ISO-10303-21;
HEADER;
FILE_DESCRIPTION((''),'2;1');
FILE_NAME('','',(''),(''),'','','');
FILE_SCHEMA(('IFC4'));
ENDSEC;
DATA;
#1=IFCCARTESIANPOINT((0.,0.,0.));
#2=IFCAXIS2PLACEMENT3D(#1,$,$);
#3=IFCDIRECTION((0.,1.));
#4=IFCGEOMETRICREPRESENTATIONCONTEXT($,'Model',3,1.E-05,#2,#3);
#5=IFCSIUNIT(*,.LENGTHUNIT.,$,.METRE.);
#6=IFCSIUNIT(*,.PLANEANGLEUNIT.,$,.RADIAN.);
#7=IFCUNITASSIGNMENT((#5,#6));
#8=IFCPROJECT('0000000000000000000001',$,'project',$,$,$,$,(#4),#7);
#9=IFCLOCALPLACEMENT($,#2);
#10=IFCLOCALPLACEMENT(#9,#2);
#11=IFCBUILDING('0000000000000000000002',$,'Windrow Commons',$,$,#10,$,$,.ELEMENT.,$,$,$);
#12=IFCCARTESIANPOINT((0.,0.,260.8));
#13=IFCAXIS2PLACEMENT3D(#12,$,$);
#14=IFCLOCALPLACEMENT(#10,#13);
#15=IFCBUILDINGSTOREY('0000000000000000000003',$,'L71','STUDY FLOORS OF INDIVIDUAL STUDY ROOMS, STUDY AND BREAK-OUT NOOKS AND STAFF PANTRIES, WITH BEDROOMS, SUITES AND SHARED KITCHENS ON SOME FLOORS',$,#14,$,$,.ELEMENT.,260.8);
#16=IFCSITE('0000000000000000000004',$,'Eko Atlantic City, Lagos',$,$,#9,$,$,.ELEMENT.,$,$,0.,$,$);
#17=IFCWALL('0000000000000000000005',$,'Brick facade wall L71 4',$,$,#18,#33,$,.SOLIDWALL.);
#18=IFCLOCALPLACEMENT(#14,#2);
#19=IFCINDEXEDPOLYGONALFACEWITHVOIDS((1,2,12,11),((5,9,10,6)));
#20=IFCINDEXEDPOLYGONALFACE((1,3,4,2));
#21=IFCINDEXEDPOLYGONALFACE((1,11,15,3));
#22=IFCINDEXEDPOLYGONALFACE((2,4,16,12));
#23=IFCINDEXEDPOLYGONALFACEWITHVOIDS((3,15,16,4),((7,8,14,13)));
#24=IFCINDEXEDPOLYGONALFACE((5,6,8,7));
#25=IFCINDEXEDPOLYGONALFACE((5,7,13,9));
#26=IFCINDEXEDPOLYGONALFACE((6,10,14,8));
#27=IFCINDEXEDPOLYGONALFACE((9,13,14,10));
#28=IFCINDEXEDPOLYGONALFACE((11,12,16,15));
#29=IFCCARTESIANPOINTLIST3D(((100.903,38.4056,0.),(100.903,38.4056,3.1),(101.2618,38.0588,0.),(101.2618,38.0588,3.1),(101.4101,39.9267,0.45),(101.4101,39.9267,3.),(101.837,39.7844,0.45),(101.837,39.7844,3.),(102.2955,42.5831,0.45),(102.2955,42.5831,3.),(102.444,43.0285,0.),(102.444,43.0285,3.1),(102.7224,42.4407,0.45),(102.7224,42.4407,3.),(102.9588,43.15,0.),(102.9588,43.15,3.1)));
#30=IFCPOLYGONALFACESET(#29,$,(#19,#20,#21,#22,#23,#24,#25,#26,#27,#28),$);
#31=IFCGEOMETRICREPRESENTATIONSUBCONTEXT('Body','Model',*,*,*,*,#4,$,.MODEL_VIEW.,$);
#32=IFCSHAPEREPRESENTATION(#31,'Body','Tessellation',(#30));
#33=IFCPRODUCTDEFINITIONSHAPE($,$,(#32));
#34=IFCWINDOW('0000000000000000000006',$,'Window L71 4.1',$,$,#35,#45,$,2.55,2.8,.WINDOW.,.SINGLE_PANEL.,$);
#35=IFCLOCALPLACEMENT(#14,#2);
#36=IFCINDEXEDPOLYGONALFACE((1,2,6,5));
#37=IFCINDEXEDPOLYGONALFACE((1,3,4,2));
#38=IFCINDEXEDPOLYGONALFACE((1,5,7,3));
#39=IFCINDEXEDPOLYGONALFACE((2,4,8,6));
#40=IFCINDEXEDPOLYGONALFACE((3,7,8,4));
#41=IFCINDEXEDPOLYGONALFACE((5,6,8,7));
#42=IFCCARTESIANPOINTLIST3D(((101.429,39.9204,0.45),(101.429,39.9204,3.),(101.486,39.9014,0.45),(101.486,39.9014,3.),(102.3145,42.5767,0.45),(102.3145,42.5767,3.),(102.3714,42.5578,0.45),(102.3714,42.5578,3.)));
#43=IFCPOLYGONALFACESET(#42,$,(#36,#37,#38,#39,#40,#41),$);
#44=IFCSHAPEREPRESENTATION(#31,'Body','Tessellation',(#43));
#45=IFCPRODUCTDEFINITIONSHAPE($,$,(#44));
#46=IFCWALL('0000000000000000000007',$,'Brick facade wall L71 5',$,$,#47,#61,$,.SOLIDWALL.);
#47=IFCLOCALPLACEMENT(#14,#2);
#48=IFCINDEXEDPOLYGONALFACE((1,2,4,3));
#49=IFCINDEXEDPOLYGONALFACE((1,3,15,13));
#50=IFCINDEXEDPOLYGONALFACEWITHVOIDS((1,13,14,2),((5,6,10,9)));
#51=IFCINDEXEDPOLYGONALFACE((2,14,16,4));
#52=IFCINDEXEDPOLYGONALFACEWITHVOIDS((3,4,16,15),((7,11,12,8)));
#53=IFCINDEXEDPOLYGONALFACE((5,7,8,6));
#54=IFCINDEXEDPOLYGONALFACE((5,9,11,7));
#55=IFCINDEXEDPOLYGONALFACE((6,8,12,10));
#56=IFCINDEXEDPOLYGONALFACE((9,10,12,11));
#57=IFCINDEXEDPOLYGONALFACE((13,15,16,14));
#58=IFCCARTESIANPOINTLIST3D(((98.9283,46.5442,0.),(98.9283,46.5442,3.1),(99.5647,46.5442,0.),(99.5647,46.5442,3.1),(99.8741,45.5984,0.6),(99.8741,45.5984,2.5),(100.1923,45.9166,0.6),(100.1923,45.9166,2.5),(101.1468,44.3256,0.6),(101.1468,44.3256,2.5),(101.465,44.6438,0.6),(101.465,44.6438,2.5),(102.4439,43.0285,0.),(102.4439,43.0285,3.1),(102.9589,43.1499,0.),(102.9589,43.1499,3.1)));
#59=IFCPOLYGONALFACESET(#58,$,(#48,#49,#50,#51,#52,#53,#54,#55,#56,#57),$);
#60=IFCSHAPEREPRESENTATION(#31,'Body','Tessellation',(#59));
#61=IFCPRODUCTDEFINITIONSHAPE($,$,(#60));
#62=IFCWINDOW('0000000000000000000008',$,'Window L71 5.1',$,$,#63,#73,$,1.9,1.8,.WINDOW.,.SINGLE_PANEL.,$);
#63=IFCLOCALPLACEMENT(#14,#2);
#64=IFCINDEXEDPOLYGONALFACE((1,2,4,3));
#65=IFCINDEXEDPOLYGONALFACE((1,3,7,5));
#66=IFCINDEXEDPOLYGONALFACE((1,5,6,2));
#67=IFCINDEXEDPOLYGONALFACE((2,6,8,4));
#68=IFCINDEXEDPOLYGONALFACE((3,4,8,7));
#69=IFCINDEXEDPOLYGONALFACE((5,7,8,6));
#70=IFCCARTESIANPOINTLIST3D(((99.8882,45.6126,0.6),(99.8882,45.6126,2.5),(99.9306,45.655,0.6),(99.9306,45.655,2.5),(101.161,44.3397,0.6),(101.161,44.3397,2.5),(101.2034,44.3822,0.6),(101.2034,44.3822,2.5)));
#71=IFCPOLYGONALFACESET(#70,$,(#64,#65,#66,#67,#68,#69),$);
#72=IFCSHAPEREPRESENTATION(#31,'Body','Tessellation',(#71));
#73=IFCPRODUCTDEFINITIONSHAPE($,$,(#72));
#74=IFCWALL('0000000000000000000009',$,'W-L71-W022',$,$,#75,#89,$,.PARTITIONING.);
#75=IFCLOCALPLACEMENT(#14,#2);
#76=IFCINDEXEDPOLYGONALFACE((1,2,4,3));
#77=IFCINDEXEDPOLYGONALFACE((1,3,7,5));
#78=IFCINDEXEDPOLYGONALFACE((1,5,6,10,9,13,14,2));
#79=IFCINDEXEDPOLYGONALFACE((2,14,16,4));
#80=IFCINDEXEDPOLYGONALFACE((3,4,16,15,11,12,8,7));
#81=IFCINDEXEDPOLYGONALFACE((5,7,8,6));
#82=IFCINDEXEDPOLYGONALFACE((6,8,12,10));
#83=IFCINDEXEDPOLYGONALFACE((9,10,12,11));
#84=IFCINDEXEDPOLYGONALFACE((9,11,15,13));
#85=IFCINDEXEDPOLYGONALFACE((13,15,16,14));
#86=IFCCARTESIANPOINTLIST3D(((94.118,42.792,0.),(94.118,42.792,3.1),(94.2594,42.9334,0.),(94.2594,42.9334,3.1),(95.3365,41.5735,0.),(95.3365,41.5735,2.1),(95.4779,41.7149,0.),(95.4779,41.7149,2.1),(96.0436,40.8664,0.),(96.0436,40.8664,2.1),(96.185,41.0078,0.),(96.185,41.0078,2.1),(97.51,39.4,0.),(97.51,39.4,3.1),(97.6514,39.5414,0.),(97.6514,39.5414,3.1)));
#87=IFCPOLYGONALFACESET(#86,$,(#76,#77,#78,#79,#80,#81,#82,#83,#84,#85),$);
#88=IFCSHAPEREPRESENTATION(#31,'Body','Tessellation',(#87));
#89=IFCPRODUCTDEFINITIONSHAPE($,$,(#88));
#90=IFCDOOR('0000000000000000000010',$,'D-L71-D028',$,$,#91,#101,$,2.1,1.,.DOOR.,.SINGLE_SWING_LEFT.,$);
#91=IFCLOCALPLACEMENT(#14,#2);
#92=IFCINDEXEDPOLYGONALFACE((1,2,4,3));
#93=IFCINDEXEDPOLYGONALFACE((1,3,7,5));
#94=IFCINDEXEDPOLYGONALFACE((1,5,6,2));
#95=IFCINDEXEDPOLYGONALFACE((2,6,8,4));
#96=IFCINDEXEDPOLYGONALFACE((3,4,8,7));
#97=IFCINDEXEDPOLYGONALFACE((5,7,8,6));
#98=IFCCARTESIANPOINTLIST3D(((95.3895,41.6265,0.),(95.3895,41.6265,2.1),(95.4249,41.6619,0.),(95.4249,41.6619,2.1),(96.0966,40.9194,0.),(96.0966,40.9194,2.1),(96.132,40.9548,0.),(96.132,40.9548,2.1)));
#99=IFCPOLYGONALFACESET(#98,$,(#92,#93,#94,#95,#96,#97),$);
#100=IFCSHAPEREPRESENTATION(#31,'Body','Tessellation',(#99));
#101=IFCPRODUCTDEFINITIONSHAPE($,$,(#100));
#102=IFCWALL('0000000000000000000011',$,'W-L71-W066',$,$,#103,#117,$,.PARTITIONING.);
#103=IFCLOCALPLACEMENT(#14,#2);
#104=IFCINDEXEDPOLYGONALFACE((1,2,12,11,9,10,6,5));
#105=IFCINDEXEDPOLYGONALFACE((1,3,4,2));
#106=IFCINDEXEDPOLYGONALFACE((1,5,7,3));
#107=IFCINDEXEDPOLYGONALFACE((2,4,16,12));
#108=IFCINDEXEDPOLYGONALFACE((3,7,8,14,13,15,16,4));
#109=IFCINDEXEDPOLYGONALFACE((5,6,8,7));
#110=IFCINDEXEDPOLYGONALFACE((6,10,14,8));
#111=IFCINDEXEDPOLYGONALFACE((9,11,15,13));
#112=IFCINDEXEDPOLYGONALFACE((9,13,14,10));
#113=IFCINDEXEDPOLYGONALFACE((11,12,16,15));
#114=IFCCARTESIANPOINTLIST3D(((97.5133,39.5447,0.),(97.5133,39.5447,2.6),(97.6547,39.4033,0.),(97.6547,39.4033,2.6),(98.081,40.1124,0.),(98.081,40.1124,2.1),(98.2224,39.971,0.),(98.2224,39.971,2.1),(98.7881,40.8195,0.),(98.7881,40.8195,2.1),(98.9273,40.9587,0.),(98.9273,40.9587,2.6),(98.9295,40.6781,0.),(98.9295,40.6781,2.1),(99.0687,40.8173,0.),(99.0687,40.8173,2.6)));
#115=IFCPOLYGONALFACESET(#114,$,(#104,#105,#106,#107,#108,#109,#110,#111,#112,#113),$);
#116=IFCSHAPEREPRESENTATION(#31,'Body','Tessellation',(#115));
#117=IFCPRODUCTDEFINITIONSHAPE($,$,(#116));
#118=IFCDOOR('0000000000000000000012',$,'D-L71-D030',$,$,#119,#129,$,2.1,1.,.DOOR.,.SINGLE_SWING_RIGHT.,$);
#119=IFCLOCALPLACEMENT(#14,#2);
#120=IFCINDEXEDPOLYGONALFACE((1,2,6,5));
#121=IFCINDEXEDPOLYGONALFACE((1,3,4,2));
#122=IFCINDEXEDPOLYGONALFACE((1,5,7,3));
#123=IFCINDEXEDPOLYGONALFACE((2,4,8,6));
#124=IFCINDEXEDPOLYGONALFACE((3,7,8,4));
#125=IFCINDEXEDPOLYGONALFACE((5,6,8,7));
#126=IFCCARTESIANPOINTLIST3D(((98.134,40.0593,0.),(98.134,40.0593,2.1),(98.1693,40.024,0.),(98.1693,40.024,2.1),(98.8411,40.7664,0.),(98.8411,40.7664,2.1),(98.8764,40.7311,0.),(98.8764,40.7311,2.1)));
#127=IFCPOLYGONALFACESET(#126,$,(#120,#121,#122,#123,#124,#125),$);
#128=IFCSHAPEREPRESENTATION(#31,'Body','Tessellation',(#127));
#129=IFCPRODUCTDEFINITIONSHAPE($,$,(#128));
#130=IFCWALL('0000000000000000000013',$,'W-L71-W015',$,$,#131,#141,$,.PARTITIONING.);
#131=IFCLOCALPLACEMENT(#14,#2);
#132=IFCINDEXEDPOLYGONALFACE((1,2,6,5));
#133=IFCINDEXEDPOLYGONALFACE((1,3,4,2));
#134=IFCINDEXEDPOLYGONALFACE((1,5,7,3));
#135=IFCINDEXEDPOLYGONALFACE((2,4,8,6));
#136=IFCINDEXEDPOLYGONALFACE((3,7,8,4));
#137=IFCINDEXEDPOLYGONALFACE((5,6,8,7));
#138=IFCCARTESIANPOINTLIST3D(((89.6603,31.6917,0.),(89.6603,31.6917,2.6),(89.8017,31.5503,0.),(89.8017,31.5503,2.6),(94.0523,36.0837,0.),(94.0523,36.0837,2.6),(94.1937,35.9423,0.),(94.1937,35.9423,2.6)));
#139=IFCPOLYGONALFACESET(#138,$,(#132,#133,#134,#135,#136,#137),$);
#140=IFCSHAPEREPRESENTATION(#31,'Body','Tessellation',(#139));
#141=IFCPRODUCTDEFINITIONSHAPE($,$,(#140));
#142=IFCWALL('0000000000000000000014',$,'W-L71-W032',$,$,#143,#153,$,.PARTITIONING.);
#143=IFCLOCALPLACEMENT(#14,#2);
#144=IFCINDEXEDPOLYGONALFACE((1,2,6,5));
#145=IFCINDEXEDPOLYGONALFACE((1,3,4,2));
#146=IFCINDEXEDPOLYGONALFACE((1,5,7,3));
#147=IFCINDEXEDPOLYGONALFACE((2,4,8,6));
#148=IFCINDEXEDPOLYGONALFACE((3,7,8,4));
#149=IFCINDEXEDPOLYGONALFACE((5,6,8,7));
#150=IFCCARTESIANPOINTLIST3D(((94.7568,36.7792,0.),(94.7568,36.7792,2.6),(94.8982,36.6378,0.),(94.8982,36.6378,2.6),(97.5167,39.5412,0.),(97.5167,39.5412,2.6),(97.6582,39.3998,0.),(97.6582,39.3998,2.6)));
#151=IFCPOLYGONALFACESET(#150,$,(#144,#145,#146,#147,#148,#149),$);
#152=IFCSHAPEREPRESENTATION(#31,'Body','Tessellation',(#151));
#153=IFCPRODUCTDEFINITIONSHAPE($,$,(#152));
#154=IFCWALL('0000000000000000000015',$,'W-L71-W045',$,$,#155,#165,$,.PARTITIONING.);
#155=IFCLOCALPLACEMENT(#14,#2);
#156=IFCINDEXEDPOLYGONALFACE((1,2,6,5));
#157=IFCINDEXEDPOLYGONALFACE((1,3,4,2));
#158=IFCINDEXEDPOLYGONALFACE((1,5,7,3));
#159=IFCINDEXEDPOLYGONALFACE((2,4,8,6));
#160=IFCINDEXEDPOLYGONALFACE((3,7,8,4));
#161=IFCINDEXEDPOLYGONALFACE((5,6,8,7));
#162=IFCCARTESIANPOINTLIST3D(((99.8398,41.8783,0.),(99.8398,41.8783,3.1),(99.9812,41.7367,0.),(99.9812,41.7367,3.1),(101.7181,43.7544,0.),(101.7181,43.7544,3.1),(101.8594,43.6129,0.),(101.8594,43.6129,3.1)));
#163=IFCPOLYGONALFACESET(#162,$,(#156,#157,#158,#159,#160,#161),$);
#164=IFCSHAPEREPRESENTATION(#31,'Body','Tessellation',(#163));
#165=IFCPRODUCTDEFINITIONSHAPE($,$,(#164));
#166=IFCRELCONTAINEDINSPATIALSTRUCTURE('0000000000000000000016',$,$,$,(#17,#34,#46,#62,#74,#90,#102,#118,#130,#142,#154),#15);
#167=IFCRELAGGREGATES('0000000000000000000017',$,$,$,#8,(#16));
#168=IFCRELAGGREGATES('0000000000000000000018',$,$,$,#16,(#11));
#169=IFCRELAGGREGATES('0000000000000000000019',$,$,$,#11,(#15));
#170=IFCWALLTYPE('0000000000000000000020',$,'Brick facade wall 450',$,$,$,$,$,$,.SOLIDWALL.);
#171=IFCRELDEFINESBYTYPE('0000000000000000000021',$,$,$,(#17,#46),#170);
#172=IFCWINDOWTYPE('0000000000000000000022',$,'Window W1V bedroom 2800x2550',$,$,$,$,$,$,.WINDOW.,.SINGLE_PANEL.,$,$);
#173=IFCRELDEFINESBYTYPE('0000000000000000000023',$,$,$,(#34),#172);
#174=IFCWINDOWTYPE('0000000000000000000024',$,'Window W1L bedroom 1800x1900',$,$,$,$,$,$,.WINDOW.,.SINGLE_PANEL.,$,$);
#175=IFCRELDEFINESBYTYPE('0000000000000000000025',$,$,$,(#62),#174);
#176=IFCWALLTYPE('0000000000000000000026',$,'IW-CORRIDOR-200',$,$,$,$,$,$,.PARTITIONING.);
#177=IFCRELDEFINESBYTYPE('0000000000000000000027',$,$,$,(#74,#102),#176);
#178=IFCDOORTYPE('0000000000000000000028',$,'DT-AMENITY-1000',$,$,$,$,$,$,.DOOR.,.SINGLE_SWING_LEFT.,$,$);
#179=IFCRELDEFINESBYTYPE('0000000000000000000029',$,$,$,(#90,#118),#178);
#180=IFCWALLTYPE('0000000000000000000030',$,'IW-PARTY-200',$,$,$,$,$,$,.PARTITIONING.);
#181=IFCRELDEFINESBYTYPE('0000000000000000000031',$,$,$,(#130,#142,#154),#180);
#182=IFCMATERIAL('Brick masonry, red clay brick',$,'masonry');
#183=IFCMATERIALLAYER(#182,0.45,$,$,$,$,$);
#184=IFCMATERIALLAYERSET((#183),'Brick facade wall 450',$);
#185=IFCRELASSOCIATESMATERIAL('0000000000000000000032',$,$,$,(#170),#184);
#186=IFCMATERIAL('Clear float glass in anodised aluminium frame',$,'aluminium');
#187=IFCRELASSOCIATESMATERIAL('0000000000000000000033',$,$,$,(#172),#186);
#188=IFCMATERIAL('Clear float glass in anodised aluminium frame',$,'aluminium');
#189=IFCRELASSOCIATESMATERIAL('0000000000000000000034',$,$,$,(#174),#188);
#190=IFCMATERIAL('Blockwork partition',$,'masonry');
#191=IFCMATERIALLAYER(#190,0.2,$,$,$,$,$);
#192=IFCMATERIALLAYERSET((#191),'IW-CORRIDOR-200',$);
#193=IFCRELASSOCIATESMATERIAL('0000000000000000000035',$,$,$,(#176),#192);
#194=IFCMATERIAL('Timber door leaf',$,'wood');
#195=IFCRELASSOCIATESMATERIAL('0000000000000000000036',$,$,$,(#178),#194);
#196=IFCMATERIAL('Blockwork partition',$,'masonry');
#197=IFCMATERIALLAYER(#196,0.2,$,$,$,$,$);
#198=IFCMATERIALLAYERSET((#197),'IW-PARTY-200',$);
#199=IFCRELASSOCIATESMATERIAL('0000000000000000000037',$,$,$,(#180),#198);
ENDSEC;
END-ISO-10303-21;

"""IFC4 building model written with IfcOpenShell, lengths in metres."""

from ifc_helpers import new_model, si_unit, direction, frame, frame_2d, origin, place, context, subcontext, project, spatial, polyline, rectangle, outline, extrude, material, layer, layer_set, type_object, element, fill, save


model = new_model("IFC4")

# Units and contexts
model_context = context("Model", 3, precision=1e-05, world=origin(), true_north=direction((0.0, 1.0)))
body_context = subcontext(model_context, "Body", "Model", "MODEL_VIEW")
ifc_project = project(units=[si_unit("LENGTHUNIT", "METRE"), si_unit("PLANEANGLEUNIT", "RADIAN")], contexts=[model_context])

# Site, building, storey
site_placement = place(None, origin())
site = spatial("IfcSite", under=ifc_project, at=site_placement, Name="Eko Atlantic City, Lagos", CompositionType="ELEMENT", RefElevation=0.0)
building_placement = place(site_placement, origin())
building = spatial("IfcBuilding", under=site, at=building_placement, Name="Windrow Commons", CompositionType="ELEMENT")
storey_placement = place(building_placement, frame((0.0, 0.0, 260.8)))
storey = spatial("IfcBuildingStorey", under=building, at=storey_placement, Name="L71", Description="STUDY FLOORS OF INDIVIDUAL STUDY ROOMS, STUDY AND BREAK-OUT NOOKS AND STAFF PANTRIES, WITH BEDROOMS, SUITES AND SHARED KITCHENS ON SOME FLOORS", CompositionType="ELEMENT", Elevation=260.8)

# Walls, openings, windows
ifc_material_1 = material(Name="Brick masonry, red clay brick", Category="masonry")
ifc_layer_1 = layer(ifc_material_1, 0.45)
ifc_layer_set_1 = layer_set([ifc_layer_1], Name="Brick facade wall 450")
wall_type_1 = type_object("IfcWallType", Name="Brick facade wall 450", PredefinedType="SOLIDWALL", material=ifc_layer_set_1)
ifc_material_2 = material(Name="Clear float glass in anodised aluminium frame", Category="aluminium")
window_type_1 = type_object("IfcWindowType", Name="Window W1V bedroom 2800x2550", PartitioningType="SINGLE_PANEL", PredefinedType="WINDOW", material=ifc_material_2)
wall_1_placement = place(storey_placement, frame((101.0824, 38.2322, 0.0), z_axis=(0.0, 0.0, 1.0), x_axis=(0.316228, 0.948683, 0.0)))
wall_1 = element("IfcWall", 1, at=wall_1_placement, inside=storey, type_object=wall_type_1, Name="Brick facade wall L71 4", PredefinedType="SOLIDWALL", context=body_context, shape_type="SweptSolid", body=[
    extrude(outline(polyline([(-0.1078, -0.225), (5.2588, -0.225), (4.9807, 0.225), (0.1078, 0.225), (-0.1078, -0.225)])), origin(), (0.0, 0.0, 1.0), 3.1),
])
opening_1_placement = place(wall_1_placement, frame((1.7112, 0.0, 0.45)))
opening_1 = element("IfcOpeningElement", 2, at=opening_1_placement, cuts=wall_1, PredefinedType="OPENING", context=body_context, shape_type="SweptSolid", body=[
    extrude(rectangle(XDim=2.8, YDim=2.55, at=frame_2d((1.4, 1.275))), frame((0.0, 0.235, 0.0), z_axis=(0.0, -1.0, 0.0), x_axis=(1.0, 0.0, 0.0)), (0.0, 0.0, 1.0), 0.47),
])
window_1_placement = place(opening_1_placement, origin())
window_1 = element("IfcWindow", 3, at=window_1_placement, inside=storey, type_object=window_type_1, Name="Window L71 4.1", OverallHeight=2.55, OverallWidth=2.8, PartitioningType="SINGLE_PANEL", PredefinedType="WINDOW", context=body_context, shape_type="SweptSolid", body=[
    extrude(rectangle(XDim=2.8, YDim=2.55, at=frame_2d((1.4, 1.275))), frame((0.0, 0.205, 0.0), z_axis=(0.0, -1.0, 0.0), x_axis=(1.0, 0.0, 0.0)), (0.0, 0.0, 1.0), 0.06),
])
fill(opening_1, window_1)
wall_2_placement = place(storey_placement, frame((102.7014, 43.0892, 0.0), z_axis=(0.0, 0.0, 1.0), x_axis=(-0.707097, 0.707117, 0.0)))
wall_2 = element("IfcWall", 4, at=wall_2_placement, inside=storey, type_object=wall_type_1, Name="Brick facade wall L71 5", PredefinedType="SOLIDWALL", context=body_context, shape_type="SweptSolid", body=[
    extrude(outline(polyline([(-0.1391, -0.225), (4.661, -0.225), (5.111, 0.225), (0.1391, 0.225), (-0.1391, -0.225)])), origin(), (0.0, 0.0, 1.0), 3.1),
])
opening_2_placement = place(wall_2_placement, frame((1.9735, 0.0, 0.6)))
opening_2 = element("IfcOpeningElement", 5, at=opening_2_placement, cuts=wall_2, PredefinedType="OPENING", context=body_context, shape_type="SweptSolid", body=[
    extrude(rectangle(XDim=1.8, YDim=1.9, at=frame_2d((0.9, 0.95))), frame((0.0, 0.235, 0.0), z_axis=(0.0, -1.0, 0.0), x_axis=(1.0, 0.0, 0.0)), (0.0, 0.0, 1.0), 0.47),
])
ifc_material_3 = material(Name="Clear float glass in anodised aluminium frame", Category="aluminium")
window_type_2 = type_object("IfcWindowType", Name="Window W1L bedroom 1800x1900", PartitioningType="SINGLE_PANEL", PredefinedType="WINDOW", material=ifc_material_3)
window_2_placement = place(opening_2_placement, origin())
window_2 = element("IfcWindow", 6, at=window_2_placement, inside=storey, type_object=window_type_2, Name="Window L71 5.1", OverallHeight=1.9, OverallWidth=1.8, PartitioningType="SINGLE_PANEL", PredefinedType="WINDOW", context=body_context, shape_type="SweptSolid", body=[
    extrude(rectangle(XDim=1.8, YDim=1.9, at=frame_2d((0.9, 0.95))), frame((0.0, 0.205, 0.0), z_axis=(0.0, -1.0, 0.0), x_axis=(1.0, 0.0, 0.0)), (0.0, 0.0, 1.0), 0.06),
])
fill(opening_2, window_2)

# Walls, openings, doors
ifc_material_4 = material(Name="Blockwork partition", Category="masonry")
ifc_layer_2 = layer(ifc_material_4, 0.2)
ifc_layer_set_2 = layer_set([ifc_layer_2], Name="IW-CORRIDOR-200")
wall_type_2 = type_object("IfcWallType", Name="IW-CORRIDOR-200", PredefinedType="PARTITIONING", material=ifc_layer_set_2)
wall_3_placement = place(storey_placement, frame((94.1887, 42.8627, 0.0), z_axis=(0.0, 0.0, 1.0), x_axis=(0.707107, -0.707107, 0.0)))
wall_3 = element("IfcWall", 7, at=wall_3_placement, inside=storey, type_object=wall_type_2, Name="W-L71-W022", PredefinedType="PARTITIONING", context=body_context, shape_type="SweptSolid", body=[
    extrude(rectangle(XDim=4.797, YDim=0.2, at=frame_2d((2.3985, 0.0))), origin(), (0.0, 0.0, 1.0), 3.1),
])
opening_3_placement = place(wall_3_placement, frame((1.7232, 0.0, 0.0)))
opening_3 = element("IfcOpeningElement", 8, at=opening_3_placement, cuts=wall_3, PredefinedType="OPENING", context=body_context, shape_type="SweptSolid", body=[
    extrude(rectangle(XDim=1.0, YDim=2.1, at=frame_2d((0.5, 1.05))), frame((0.0, 0.11, 0.0), z_axis=(0.0, -1.0, 0.0), x_axis=(1.0, 0.0, 0.0)), (0.0, 0.0, 1.0), 0.22),
])
ifc_material_5 = material(Name="Timber door leaf", Category="wood")
door_type_1 = type_object("IfcDoorType", Name="DT-AMENITY-1000", OperationType="SINGLE_SWING_LEFT", PredefinedType="DOOR", material=ifc_material_5)
door_1_placement = place(opening_3_placement, origin())
door_1 = element("IfcDoor", 9, at=door_1_placement, inside=storey, type_object=door_type_1, Name="D-L71-D028", OperationType="SINGLE_SWING_LEFT", OverallHeight=2.1, OverallWidth=1.0, PredefinedType="DOOR", context=body_context, shape_type="SweptSolid", body=[
    extrude(rectangle(XDim=1.0, YDim=2.1, at=frame_2d((0.5, 1.05))), frame((0.0, 0.025, 0.0), z_axis=(0.0, -1.0, 0.0), x_axis=(1.0, 0.0, 0.0)), (0.0, 0.0, 1.0), 0.05),
])
fill(opening_3, door_1)
wall_4_placement = place(storey_placement, frame((97.584, 39.474, 0.0), z_axis=(0.0, 0.0, 1.0), x_axis=(0.707107, 0.707107, 0.0)))
wall_4 = element("IfcWall", 10, at=wall_4_placement, inside=storey, type_object=wall_type_2, Name="W-L71-W066", PredefinedType="PARTITIONING", context=body_context, shape_type="SweptSolid", body=[
    extrude(rectangle(XDim=1.9997, YDim=0.2, at=frame_2d((0.9999, 0.0))), origin(), (0.0, 0.0, 1.0), 2.6),
])
opening_4_placement = place(wall_4_placement, frame((0.8028, 0.0, 0.0)))
opening_4 = element("IfcOpeningElement", 11, at=opening_4_placement, cuts=wall_4, PredefinedType="OPENING", context=body_context, shape_type="SweptSolid", body=[
    extrude(rectangle(XDim=1.0, YDim=2.1, at=frame_2d((0.5, 1.05))), frame((0.0, 0.11, 0.0), z_axis=(0.0, -1.0, 0.0), x_axis=(1.0, 0.0, 0.0)), (0.0, 0.0, 1.0), 0.22),
])
door_2_placement = place(opening_4_placement, origin())
door_2 = element("IfcDoor", 12, at=door_2_placement, inside=storey, type_object=door_type_1, Name="D-L71-D030", OperationType="SINGLE_SWING_RIGHT", OverallHeight=2.1, OverallWidth=1.0, PredefinedType="DOOR", context=body_context, shape_type="SweptSolid", body=[
    extrude(rectangle(XDim=1.0, YDim=2.1, at=frame_2d((0.5, 1.05))), frame((0.0, 0.025, 0.0), z_axis=(0.0, -1.0, 0.0), x_axis=(1.0, 0.0, 0.0)), (0.0, 0.0, 1.0), 0.05),
])
fill(opening_4, door_2)

# Walls
ifc_material_6 = material(Name="Blockwork partition", Category="masonry")
ifc_layer_3 = layer(ifc_material_6, 0.2)
ifc_layer_set_3 = layer_set([ifc_layer_3], Name="IW-PARTY-200")
wall_type_3 = type_object("IfcWallType", Name="IW-PARTY-200", PredefinedType="PARTITIONING", material=ifc_layer_set_3)
wall_5_placement = place(storey_placement, frame((89.731, 31.621, 0.0), z_axis=(0.0, 0.0, 1.0), x_axis=(0.707107, 0.707107, 0.0)))
element("IfcWall", 13, at=wall_5_placement, inside=storey, type_object=wall_type_3, Name="W-L71-W015", PredefinedType="PARTITIONING", context=body_context, shape_type="SweptSolid", body=[
    extrude(rectangle(XDim=6.2112, YDim=0.2, at=frame_2d((3.1056, 0.0))), origin(), (0.0, 0.0, 1.0), 2.6),
])
wall_6_placement = place(storey_placement, frame((94.8275, 36.7085, 0.0), z_axis=(0.0, 0.0, 1.0), x_axis=(0.706851, 0.707363, 0.0)))
element("IfcWall", 14, at=wall_6_placement, inside=storey, type_object=wall_type_3, Name="W-L71-W032", PredefinedType="PARTITIONING", context=body_context, shape_type="SweptSolid", body=[
    extrude(rectangle(XDim=3.9046, YDim=0.2, at=frame_2d((1.9523, 0.0))), origin(), (0.0, 0.0, 1.0), 2.6),
])
wall_7_placement = place(storey_placement, frame((99.9105, 41.8075, 0.0), z_axis=(0.0, 0.0, 1.0), x_axis=(0.707502, 0.706711, 0.0)))
element("IfcWall", 15, at=wall_7_placement, inside=storey, type_object=wall_type_3, Name="W-L71-W045", PredefinedType="PARTITIONING", context=body_context, shape_type="SweptSolid", body=[
    extrude(rectangle(XDim=2.6548, YDim=0.2, at=frame_2d((1.3274, 0.0))), origin(), (0.0, 0.0, 1.0), 3.1),
])

save(model, "model.ifc")
